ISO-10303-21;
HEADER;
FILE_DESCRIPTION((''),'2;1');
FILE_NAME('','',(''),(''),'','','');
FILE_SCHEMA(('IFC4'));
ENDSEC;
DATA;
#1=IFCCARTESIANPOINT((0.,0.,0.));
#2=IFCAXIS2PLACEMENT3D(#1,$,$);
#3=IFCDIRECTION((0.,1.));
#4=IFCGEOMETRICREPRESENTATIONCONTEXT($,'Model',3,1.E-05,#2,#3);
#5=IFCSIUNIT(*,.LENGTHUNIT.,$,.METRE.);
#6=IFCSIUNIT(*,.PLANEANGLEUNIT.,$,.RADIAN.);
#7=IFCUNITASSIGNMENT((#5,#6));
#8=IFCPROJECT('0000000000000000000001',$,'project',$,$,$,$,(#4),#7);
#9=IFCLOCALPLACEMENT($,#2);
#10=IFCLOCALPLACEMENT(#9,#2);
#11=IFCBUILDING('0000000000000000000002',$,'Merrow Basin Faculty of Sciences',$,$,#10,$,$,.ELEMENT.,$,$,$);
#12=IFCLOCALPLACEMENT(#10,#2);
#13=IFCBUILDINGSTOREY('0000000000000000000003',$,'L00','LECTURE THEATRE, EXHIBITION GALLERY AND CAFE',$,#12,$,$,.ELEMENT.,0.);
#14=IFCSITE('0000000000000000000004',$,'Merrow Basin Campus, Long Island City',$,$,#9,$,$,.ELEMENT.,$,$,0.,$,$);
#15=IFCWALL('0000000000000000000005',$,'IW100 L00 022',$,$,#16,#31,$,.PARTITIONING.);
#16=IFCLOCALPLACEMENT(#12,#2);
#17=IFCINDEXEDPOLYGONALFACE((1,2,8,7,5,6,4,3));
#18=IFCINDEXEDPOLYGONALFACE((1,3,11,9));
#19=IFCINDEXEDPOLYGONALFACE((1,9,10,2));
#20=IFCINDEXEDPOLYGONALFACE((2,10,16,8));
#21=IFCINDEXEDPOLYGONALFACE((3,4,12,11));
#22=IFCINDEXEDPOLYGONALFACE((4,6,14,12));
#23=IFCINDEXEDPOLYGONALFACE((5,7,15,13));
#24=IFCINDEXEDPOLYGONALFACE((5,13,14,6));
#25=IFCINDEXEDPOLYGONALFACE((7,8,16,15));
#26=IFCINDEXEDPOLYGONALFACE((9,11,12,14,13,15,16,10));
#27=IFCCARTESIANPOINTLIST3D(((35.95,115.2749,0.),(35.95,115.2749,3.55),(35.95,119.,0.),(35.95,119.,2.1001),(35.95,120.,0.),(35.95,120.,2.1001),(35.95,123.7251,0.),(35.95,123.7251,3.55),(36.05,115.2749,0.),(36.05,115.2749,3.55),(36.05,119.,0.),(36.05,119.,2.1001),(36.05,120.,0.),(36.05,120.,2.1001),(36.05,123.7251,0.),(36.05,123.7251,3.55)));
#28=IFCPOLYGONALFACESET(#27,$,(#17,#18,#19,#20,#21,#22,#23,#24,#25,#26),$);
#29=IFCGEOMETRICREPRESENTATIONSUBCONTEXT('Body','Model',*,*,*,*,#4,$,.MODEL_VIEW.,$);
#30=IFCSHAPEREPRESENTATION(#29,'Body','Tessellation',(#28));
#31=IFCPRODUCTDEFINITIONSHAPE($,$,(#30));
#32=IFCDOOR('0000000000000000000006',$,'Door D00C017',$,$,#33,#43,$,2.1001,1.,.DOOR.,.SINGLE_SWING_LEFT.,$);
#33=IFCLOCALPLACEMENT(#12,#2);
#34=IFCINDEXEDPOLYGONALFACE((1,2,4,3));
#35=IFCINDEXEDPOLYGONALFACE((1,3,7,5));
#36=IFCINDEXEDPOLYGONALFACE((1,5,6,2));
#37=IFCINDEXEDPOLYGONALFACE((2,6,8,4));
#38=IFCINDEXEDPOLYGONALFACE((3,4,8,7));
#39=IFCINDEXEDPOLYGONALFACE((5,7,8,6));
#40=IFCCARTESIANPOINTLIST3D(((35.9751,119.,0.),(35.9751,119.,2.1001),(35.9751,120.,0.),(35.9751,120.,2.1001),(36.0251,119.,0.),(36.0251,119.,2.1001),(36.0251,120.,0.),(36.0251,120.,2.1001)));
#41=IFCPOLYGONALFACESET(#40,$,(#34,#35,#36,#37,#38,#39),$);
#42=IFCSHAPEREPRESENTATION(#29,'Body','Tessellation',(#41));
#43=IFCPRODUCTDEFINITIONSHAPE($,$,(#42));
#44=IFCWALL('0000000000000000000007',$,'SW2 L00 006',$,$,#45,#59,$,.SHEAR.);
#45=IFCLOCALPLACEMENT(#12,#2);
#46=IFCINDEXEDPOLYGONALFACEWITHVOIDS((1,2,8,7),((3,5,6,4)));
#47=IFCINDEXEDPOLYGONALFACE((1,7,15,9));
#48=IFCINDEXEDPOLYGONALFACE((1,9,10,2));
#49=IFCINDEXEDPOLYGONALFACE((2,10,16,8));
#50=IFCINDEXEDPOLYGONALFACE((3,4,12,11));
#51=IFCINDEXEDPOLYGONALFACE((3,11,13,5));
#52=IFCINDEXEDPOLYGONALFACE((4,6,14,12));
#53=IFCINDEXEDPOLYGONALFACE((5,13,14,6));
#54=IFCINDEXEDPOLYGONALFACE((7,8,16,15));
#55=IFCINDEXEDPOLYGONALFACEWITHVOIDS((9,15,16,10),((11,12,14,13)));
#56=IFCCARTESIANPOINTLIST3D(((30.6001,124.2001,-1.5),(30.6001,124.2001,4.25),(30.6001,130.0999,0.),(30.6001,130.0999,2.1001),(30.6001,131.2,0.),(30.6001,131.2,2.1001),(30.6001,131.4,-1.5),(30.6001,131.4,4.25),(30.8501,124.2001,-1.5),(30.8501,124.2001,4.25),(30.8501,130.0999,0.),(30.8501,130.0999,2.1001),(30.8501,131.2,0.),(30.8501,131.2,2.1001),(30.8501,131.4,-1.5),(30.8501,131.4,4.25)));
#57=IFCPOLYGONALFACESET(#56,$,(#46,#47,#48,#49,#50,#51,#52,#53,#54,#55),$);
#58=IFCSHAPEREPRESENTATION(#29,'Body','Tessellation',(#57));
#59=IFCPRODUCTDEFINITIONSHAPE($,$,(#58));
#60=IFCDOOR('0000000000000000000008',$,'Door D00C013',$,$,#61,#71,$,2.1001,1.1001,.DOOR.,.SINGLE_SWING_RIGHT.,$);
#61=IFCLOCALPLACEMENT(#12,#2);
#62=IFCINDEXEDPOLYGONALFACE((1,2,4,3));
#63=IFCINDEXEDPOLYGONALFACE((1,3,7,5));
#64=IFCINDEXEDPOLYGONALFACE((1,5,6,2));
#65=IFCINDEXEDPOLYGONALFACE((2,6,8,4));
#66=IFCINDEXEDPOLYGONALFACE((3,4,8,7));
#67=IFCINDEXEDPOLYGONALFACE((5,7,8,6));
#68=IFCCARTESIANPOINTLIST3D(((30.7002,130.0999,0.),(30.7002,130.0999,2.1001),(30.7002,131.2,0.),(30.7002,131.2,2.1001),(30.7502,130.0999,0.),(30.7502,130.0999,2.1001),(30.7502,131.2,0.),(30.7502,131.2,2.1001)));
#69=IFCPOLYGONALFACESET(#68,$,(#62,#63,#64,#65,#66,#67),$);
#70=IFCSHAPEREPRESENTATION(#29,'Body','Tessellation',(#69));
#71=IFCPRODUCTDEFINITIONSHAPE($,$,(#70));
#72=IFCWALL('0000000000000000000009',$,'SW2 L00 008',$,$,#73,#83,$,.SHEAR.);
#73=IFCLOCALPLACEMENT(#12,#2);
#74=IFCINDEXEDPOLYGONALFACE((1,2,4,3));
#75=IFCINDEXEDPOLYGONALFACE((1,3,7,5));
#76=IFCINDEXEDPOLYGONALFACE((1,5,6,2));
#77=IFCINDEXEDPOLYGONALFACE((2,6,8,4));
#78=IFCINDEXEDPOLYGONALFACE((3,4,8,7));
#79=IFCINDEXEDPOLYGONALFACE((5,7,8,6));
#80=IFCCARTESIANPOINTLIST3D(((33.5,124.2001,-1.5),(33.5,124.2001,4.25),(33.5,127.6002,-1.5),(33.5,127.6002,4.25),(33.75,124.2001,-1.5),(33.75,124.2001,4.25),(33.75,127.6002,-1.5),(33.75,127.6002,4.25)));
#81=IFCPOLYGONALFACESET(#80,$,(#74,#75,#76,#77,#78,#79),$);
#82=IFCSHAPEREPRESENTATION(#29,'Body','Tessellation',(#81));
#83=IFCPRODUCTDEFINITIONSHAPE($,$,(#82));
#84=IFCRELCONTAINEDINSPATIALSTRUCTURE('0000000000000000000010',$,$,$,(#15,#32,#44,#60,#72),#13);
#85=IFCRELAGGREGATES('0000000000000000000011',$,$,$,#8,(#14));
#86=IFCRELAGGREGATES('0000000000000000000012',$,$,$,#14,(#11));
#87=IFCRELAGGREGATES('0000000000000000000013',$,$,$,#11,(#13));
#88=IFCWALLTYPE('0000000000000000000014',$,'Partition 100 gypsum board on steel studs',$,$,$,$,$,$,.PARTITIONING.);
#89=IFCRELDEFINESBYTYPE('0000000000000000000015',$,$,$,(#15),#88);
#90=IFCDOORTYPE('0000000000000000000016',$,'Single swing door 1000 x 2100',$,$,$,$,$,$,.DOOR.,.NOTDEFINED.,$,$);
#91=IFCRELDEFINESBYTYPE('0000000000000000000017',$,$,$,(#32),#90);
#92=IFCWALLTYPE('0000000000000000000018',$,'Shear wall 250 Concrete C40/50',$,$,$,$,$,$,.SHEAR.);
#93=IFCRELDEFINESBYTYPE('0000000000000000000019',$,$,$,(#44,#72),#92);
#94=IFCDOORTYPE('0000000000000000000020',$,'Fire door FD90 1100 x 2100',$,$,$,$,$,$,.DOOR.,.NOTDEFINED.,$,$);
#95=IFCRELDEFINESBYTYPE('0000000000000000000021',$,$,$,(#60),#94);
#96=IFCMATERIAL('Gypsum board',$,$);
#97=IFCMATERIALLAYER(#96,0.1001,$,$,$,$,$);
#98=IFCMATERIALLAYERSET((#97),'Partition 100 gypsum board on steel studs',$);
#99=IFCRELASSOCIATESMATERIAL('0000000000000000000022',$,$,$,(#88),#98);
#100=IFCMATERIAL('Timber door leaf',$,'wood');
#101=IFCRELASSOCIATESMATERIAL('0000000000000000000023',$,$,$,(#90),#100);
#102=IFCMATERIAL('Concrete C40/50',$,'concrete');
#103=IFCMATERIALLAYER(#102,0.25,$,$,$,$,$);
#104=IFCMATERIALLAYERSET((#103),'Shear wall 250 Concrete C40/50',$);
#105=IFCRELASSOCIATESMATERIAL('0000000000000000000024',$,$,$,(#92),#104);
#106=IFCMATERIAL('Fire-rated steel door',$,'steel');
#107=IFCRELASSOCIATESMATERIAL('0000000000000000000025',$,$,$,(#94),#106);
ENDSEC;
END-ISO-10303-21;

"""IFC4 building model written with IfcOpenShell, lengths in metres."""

from ifc_helpers import new_model, si_unit, direction, frame, frame_2d, origin, place, context, subcontext, project, spatial, rectangle, extrude, material, layer, layer_set, type_object, element, fill, save


model = new_model("IFC4")

# Units and contexts
model_context = context("Model", 3, precision=1e-05, world=origin(), true_north=direction((0.0, 1.0)))
body_context = subcontext(model_context, "Body", "Model", "MODEL_VIEW")
ifc_project = project(units=[si_unit("LENGTHUNIT", "METRE"), si_unit("PLANEANGLEUNIT", "RADIAN")], contexts=[model_context])

# Site, building, storey
site_placement = place(None, origin())
site = spatial("IfcSite", under=ifc_project, at=site_placement, Name="Merrow Basin Campus, Long Island City", CompositionType="ELEMENT", RefElevation=0.0)
building_placement = place(site_placement, origin())
building = spatial("IfcBuilding", under=site, at=building_placement, Name="Merrow Basin Faculty of Sciences", CompositionType="ELEMENT")
storey_placement = place(building_placement, origin())
storey = spatial("IfcBuildingStorey", under=building, at=storey_placement, Name="L00", Description="LECTURE THEATRE, EXHIBITION GALLERY AND CAFE", CompositionType="ELEMENT", Elevation=0.0)

# Walls, openings, doors
ifc_material_1 = material(Name="Gypsum board")
ifc_layer_1 = layer(ifc_material_1, 0.1001)
ifc_layer_set_1 = layer_set([ifc_layer_1], Name="Partition 100 gypsum board on steel studs")
wall_type_1 = type_object("IfcWallType", Name="Partition 100 gypsum board on steel studs", PredefinedType="PARTITIONING", material=ifc_layer_set_1)
wall_1_placement = place(storey_placement, frame((36.0, 115.2749, 0.0), z_axis=(0.0, 0.0, 1.0), x_axis=(0.0, 1.0, 0.0)))
wall_1 = element("IfcWall", 1, at=wall_1_placement, inside=storey, type_object=wall_type_1, Name="IW100 L00 022", PredefinedType="PARTITIONING", context=body_context, shape_type="SweptSolid", body=[
    extrude(rectangle(XDim=8.4502, YDim=0.1001, at=frame_2d((4.2251, 0.0))), origin(), (0.0, 0.0, 1.0), 3.55),
])
opening_1_placement = place(wall_1_placement, frame((3.7251, 0.0, 0.0)))
opening_1 = element("IfcOpeningElement", 2, at=opening_1_placement, cuts=wall_1, PredefinedType="OPENING", context=body_context, shape_type="SweptSolid", body=[
    extrude(rectangle(XDim=1.0, YDim=2.1001, at=frame_2d((0.5, 1.05))), frame((0.0, 0.0601, 0.0), z_axis=(0.0, -1.0, 0.0), x_axis=(1.0, 0.0, 0.0)), (0.0, 0.0, 1.0), 0.1201),
])
ifc_material_2 = material(Name="Timber door leaf", Category="wood")
door_type_1 = type_object("IfcDoorType", Name="Single swing door 1000 x 2100", OperationType="NOTDEFINED", PredefinedType="DOOR", material=ifc_material_2)
door_1_placement = place(opening_1_placement, origin())
door_1 = element("IfcDoor", 3, at=door_1_placement, inside=storey, type_object=door_type_1, Name="Door D00C017", OperationType="SINGLE_SWING_LEFT", OverallHeight=2.1001, OverallWidth=1.0, PredefinedType="DOOR", context=body_context, shape_type="SweptSolid", body=[
    extrude(rectangle(XDim=1.0, YDim=2.1001, at=frame_2d((0.5, 1.05))), frame((0.0, 0.0249, 0.0), z_axis=(0.0, -1.0, 0.0), x_axis=(1.0, 0.0, 0.0)), (0.0, 0.0, 1.0), 0.05),
])
fill(opening_1, door_1)
ifc_material_3 = material(Name="Concrete C40/50", Category="concrete")
ifc_layer_2 = layer(ifc_material_3, 0.25)
ifc_layer_set_2 = layer_set([ifc_layer_2], Name="Shear wall 250 Concrete C40/50")
wall_type_2 = type_object("IfcWallType", Name="Shear wall 250 Concrete C40/50", PredefinedType="SHEAR", material=ifc_layer_set_2)
wall_2_placement = place(storey_placement, frame((30.7251, 124.2, -1.5), z_axis=(0.0, 0.0, 1.0), x_axis=(0.0, 1.0, 0.0)))
wall_2 = element("IfcWall", 4, at=wall_2_placement, inside=storey, type_object=wall_type_2, Name="SW2 L00 006", PredefinedType="SHEAR", context=body_context, shape_type="SweptSolid", body=[
    extrude(rectangle(XDim=7.2, YDim=0.25, at=frame_2d((3.6001, 0.0))), origin(), (0.0, 0.0, 1.0), 5.75),
])
opening_2_placement = place(wall_2_placement, frame((5.8999, 0.0, 1.5)))
opening_2 = element("IfcOpeningElement", 5, at=opening_2_placement, cuts=wall_2, PredefinedType="OPENING", context=body_context, shape_type="SweptSolid", body=[
    extrude(rectangle(XDim=1.1001, YDim=2.1001, at=frame_2d((0.55, 1.05))), frame((0.0, 0.135, 0.0), z_axis=(0.0, -1.0, 0.0), x_axis=(1.0, 0.0, 0.0)), (0.0, 0.0, 1.0), 0.27),
])
ifc_material_4 = material(Name="Fire-rated steel door", Category="steel")
door_type_2 = type_object("IfcDoorType", Name="Fire door FD90 1100 x 2100", OperationType="NOTDEFINED", PredefinedType="DOOR", material=ifc_material_4)
door_2_placement = place(opening_2_placement, origin())
door_2 = element("IfcDoor", 6, at=door_2_placement, inside=storey, type_object=door_type_2, Name="Door D00C013", OperationType="SINGLE_SWING_RIGHT", OverallHeight=2.1001, OverallWidth=1.1001, PredefinedType="DOOR", context=body_context, shape_type="SweptSolid", body=[
    extrude(rectangle(XDim=1.1001, YDim=2.1001, at=frame_2d((0.55, 1.05))), frame((0.0, 0.0249, 0.0), z_axis=(0.0, -1.0, 0.0), x_axis=(1.0, 0.0, 0.0)), (0.0, 0.0, 1.0), 0.05),
])
fill(opening_2, door_2)

# Wall
wall_3_placement = place(storey_placement, frame((33.625, 124.2, -1.5), z_axis=(0.0, 0.0, 1.0), x_axis=(0.0, 1.0, 0.0)))
element("IfcWall", 7, at=wall_3_placement, inside=storey, type_object=wall_type_2, Name="SW2 L00 008", PredefinedType="SHEAR", context=body_context, shape_type="SweptSolid", body=[
    extrude(rectangle(XDim=3.4001, YDim=0.25, at=frame_2d((1.7002, 0.0))), origin(), (0.0, 0.0, 1.0), 5.75),
])

save(model, "model.ifc")
